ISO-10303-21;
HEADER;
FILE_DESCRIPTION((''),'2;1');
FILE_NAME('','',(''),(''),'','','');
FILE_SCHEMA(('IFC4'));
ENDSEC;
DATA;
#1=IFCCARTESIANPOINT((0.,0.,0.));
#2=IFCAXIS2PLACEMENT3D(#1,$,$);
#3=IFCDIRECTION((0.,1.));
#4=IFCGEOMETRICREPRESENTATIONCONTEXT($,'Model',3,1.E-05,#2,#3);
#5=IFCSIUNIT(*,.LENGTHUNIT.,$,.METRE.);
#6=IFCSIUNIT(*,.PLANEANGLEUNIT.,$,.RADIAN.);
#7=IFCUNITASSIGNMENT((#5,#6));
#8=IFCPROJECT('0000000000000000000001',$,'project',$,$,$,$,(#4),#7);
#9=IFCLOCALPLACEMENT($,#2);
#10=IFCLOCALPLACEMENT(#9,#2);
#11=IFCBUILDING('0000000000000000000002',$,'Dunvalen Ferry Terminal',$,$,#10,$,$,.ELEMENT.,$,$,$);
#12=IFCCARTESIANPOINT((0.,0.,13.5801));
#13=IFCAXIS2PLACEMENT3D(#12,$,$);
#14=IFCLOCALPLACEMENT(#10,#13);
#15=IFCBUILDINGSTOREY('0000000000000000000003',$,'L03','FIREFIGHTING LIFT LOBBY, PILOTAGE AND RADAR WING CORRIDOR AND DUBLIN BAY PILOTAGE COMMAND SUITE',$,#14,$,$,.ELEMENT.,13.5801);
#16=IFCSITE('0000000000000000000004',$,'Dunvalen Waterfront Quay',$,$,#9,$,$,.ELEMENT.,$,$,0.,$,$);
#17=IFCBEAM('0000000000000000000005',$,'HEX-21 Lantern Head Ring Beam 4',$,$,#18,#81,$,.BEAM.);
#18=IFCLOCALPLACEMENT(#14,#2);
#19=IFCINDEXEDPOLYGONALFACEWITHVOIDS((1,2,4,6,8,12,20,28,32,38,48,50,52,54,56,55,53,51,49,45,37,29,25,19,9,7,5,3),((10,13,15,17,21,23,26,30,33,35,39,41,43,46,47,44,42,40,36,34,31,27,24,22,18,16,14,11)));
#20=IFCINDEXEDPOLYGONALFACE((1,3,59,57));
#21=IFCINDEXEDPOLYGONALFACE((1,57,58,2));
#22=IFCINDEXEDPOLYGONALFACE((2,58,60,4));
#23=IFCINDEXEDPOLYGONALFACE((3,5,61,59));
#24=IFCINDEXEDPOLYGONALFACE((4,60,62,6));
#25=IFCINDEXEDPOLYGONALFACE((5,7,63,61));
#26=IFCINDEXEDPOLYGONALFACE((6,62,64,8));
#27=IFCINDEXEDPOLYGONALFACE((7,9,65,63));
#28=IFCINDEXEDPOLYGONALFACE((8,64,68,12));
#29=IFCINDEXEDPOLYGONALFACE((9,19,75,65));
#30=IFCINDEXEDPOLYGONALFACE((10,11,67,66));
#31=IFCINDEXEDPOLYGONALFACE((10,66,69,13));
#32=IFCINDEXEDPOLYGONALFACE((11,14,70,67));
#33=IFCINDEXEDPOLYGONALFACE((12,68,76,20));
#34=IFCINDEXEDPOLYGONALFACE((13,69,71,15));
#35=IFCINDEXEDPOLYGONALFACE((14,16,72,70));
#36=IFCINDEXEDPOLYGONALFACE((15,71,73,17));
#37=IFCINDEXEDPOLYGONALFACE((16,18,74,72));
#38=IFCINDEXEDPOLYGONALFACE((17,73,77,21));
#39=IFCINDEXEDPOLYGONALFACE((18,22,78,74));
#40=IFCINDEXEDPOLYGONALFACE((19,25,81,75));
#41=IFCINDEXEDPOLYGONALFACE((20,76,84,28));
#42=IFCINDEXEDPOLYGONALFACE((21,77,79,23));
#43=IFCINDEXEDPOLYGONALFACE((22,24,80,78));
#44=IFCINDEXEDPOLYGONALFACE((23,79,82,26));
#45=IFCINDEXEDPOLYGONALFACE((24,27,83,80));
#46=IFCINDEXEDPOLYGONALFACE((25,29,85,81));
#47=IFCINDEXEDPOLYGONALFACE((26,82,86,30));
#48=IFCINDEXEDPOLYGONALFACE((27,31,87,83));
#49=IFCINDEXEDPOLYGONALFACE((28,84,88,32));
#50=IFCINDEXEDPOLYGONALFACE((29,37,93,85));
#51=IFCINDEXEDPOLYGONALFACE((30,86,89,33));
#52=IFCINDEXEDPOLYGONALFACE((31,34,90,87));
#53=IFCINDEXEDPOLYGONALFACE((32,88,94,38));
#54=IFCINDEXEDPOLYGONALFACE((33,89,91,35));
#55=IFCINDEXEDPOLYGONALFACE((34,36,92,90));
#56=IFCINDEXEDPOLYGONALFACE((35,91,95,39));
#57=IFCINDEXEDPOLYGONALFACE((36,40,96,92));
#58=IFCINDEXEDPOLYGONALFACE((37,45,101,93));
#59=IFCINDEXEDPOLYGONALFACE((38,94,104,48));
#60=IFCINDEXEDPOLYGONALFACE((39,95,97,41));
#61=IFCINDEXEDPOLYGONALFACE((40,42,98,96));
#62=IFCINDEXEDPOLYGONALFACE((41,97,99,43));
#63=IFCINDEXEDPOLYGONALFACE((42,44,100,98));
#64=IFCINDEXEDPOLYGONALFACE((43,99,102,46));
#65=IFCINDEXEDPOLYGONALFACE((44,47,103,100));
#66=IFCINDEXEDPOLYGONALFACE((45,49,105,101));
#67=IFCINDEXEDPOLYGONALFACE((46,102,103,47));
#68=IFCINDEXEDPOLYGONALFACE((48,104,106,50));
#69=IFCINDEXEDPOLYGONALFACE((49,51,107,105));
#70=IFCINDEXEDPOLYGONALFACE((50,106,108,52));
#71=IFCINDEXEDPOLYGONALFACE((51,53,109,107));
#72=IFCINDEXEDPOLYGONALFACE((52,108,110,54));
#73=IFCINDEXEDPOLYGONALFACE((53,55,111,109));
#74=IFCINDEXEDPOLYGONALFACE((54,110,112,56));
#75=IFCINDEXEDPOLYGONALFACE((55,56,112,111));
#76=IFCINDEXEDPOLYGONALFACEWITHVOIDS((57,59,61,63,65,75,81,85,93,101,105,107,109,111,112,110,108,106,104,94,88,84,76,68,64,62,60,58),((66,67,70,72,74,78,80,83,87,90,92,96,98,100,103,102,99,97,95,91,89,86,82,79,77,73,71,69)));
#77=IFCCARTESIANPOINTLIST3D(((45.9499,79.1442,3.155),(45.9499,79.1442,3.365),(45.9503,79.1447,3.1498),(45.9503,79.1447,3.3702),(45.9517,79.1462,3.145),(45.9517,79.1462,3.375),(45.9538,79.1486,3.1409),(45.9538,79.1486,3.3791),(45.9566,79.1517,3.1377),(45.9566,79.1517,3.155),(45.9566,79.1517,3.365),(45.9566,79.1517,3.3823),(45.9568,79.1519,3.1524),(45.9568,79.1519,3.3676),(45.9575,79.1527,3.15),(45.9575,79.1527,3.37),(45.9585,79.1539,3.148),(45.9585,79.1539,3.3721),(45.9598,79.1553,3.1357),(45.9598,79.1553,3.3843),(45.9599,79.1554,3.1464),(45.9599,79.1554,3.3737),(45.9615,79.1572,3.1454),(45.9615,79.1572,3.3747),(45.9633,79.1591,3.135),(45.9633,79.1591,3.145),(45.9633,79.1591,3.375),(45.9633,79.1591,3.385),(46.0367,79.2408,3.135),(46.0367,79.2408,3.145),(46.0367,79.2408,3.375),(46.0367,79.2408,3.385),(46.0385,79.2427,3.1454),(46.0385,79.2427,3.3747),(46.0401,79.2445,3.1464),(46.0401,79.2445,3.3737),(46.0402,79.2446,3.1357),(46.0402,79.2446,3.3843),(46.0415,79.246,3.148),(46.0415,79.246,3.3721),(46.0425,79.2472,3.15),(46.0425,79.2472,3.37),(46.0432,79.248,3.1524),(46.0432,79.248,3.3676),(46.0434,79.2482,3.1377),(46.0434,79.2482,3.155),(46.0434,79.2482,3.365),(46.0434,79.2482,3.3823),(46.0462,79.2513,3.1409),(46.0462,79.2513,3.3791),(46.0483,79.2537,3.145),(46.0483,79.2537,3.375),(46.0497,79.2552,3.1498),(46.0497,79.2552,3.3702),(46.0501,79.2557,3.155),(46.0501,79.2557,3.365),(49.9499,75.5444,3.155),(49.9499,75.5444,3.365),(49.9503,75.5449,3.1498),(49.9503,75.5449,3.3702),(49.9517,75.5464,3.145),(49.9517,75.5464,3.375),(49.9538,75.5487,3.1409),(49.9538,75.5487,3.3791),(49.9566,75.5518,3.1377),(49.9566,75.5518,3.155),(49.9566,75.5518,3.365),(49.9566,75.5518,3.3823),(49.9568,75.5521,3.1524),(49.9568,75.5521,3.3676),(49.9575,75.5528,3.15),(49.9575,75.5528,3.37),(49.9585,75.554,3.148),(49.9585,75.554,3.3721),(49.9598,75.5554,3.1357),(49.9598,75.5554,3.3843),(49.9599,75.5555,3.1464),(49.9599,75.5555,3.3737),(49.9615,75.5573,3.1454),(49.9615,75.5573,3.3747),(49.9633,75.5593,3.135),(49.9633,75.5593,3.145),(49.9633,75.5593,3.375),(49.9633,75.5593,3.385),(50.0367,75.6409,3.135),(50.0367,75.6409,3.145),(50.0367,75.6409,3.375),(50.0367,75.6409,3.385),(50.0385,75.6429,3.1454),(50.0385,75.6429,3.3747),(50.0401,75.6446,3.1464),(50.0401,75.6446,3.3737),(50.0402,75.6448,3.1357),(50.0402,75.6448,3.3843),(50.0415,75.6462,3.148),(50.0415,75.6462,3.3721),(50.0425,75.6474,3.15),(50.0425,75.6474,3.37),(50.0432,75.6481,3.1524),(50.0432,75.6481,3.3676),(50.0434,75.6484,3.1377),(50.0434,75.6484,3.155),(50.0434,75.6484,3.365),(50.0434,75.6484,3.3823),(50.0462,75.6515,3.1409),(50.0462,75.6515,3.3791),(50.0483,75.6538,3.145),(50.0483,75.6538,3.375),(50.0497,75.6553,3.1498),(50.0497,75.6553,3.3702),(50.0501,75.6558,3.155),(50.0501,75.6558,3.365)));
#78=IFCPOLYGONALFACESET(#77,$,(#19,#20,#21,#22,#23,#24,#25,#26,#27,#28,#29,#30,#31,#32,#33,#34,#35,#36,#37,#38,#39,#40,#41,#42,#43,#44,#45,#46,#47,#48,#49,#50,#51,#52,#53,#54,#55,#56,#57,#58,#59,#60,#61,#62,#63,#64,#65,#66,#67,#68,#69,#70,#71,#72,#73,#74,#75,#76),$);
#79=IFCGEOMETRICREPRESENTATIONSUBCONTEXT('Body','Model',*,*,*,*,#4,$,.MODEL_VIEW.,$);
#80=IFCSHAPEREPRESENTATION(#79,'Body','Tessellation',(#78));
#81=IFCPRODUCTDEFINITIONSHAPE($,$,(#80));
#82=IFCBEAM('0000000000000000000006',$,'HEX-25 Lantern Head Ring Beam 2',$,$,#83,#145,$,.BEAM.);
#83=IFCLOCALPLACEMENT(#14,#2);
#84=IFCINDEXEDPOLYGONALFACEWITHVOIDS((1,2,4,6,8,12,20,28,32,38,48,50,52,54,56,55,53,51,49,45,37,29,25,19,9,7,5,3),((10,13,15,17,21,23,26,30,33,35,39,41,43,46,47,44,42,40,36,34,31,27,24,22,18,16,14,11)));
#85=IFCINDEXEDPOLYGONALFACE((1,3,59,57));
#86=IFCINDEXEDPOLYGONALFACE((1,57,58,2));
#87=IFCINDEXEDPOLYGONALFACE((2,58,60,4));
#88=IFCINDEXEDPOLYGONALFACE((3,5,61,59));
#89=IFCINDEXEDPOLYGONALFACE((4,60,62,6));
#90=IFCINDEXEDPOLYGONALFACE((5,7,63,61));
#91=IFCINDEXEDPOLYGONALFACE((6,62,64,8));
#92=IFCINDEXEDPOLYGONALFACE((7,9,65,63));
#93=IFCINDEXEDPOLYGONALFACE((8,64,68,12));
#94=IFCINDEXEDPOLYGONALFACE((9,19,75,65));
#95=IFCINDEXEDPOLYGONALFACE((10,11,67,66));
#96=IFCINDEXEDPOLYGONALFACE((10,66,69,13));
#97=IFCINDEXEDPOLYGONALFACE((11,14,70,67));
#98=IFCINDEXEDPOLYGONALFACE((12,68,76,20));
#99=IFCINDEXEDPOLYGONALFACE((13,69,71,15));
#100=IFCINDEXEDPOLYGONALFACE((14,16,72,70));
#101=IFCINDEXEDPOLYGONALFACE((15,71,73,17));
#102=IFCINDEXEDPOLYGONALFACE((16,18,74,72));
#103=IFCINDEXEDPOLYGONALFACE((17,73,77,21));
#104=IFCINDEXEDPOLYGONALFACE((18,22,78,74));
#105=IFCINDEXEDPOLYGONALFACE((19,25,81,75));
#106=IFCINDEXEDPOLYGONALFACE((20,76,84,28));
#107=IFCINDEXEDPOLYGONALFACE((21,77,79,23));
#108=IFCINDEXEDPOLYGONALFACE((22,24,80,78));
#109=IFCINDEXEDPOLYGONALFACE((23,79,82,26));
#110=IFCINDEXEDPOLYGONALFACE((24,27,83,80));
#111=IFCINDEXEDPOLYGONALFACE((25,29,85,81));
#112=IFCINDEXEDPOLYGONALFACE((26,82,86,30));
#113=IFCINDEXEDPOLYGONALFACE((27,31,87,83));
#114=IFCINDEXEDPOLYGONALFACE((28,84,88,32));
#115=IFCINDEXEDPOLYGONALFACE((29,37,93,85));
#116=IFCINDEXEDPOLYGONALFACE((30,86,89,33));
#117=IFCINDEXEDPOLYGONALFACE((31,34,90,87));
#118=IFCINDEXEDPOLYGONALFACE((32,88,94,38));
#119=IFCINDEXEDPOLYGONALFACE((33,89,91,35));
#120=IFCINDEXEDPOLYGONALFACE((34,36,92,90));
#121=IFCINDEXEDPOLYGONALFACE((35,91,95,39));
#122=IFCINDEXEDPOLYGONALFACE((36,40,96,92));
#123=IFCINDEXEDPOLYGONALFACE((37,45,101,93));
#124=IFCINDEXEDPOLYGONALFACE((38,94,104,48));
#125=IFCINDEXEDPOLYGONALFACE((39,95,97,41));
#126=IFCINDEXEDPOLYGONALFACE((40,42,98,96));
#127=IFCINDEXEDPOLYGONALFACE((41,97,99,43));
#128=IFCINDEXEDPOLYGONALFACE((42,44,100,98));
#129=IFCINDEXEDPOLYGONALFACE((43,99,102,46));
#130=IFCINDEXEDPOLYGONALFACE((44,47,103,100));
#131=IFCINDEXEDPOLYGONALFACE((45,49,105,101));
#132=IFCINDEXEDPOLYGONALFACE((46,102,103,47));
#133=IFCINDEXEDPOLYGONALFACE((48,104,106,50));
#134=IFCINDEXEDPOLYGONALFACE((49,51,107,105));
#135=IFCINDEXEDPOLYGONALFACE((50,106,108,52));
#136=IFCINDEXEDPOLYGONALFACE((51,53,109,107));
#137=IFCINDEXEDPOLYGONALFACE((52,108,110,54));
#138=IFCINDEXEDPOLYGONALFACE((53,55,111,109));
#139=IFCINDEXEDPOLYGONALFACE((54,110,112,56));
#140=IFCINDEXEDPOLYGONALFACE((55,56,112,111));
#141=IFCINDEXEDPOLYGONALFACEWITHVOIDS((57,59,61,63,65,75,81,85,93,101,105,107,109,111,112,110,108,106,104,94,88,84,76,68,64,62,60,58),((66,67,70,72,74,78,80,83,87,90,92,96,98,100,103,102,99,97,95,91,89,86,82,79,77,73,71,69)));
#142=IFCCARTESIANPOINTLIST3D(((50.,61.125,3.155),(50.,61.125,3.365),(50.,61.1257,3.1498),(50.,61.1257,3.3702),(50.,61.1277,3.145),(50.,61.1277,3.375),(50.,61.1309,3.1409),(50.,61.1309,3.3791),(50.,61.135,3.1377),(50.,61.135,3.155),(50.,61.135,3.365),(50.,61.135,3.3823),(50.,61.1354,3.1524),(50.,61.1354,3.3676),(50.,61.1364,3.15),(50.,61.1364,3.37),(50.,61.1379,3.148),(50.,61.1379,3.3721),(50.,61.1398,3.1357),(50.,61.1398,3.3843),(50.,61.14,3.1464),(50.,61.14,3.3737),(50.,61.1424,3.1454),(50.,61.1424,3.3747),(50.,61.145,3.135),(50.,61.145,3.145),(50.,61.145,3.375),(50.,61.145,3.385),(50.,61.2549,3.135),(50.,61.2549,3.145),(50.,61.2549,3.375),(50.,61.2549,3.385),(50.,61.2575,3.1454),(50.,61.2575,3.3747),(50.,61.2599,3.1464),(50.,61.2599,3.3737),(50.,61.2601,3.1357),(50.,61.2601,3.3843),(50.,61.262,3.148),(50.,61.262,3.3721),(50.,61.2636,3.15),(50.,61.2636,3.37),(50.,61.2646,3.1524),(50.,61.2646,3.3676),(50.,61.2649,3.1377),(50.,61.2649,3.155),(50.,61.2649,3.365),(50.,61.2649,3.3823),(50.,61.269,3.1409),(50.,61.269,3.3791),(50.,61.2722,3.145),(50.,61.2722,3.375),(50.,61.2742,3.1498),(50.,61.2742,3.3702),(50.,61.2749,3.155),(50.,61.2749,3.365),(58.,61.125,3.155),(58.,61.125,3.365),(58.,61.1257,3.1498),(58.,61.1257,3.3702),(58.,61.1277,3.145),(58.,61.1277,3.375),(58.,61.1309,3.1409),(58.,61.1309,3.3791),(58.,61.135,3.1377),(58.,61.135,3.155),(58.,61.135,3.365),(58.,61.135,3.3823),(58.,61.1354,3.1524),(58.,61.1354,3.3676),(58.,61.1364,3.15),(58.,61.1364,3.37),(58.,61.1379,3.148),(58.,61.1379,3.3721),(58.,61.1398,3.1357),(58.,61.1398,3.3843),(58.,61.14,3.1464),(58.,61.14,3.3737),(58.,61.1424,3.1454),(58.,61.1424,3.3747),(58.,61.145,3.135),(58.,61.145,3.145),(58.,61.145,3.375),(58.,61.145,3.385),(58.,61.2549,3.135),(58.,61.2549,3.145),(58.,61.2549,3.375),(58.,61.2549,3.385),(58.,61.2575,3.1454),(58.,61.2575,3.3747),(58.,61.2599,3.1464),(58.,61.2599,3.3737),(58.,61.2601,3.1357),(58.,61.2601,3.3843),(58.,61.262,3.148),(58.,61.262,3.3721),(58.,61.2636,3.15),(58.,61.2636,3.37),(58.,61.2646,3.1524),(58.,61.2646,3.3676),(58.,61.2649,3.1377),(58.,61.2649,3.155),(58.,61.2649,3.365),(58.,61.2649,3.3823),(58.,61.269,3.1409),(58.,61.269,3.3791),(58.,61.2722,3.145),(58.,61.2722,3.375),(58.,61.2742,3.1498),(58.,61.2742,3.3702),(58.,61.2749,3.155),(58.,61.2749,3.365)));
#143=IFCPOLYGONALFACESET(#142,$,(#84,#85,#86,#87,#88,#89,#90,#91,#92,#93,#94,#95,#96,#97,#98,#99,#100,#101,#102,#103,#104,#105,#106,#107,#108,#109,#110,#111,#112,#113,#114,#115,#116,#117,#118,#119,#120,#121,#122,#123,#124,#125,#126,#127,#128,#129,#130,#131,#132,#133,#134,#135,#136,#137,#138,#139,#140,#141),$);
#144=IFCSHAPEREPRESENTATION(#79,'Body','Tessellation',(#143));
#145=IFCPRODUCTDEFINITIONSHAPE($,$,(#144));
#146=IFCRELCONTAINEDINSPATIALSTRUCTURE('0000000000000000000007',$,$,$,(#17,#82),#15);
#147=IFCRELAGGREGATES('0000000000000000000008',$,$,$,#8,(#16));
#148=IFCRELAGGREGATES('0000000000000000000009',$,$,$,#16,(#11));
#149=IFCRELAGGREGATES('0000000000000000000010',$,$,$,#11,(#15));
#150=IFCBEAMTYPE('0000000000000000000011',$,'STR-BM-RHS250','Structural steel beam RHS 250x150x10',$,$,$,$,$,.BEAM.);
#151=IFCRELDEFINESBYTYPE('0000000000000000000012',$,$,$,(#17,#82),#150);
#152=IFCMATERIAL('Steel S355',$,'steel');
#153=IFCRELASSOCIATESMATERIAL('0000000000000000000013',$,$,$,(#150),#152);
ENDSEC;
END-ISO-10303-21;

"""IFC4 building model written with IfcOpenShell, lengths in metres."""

from ifc_helpers import new_model, si_unit, direction, frame, origin, origin_2d, place, context, subcontext, project, spatial, hollow_rectangle, extrude, material, material_profile, profile_set, type_object, element, save


model = new_model("IFC4")

# Units and contexts
model_context = context("Model", 3, precision=1e-05, world=origin(), true_north=direction((0.0, 1.0)))
body_context = subcontext(model_context, "Body", "Model", "MODEL_VIEW")
ifc_project = project(units=[si_unit("LENGTHUNIT", "METRE"), si_unit("PLANEANGLEUNIT", "RADIAN")], contexts=[model_context])

# Site, building, storey
site_placement = place(None, origin())
site = spatial("IfcSite", under=ifc_project, at=site_placement, Name="Dunvalen Waterfront Quay", CompositionType="ELEMENT", RefElevation=0.0)
building_placement = place(site_placement, origin())
building = spatial("IfcBuilding", under=site, at=building_placement, Name="Dunvalen Ferry Terminal", CompositionType="ELEMENT")
storey_placement = place(building_placement, frame((0.0, 0.0, 13.5801)))
storey = spatial("IfcBuildingStorey", under=building, at=storey_placement, Name="L03", Description="FIREFIGHTING LIFT LOBBY, PILOTAGE AND RADAR WING CORRIDOR AND DUBLIN BAY PILOTAGE COMMAND SUITE", CompositionType="ELEMENT", Elevation=13.5801)

# Beams
ifc_material_1 = material(Name="Steel S355", Category="steel")
ifc_material_profile_1 = material_profile(ifc_material_1, hollow_rectangle(XDim=0.1499, YDim=0.25, WallThickness=0.01, InnerFilletRadius=0.01, OuterFilletRadius=0.02, at=origin_2d()), Name="Steel S355")
ifc_profile_set_1 = profile_set([ifc_material_profile_1], Name="Steel S355")
beam_type = type_object("IfcBeamType", Name="STR-BM-RHS250", Description="Structural steel beam RHS 250x150x10", PredefinedType="BEAM", material=ifc_profile_set_1)
beam_1_placement = place(storey_placement, frame((50.0, 75.6001, 3.26), z_axis=(-0.743308, 0.66895, 0.0), x_axis=(-0.66895, -0.743308, 0.0)))
element("IfcBeam", 1, at=beam_1_placement, inside=storey, type_object=beam_type, Name="HEX-21 Lantern Head Ring Beam 4", PredefinedType="BEAM", context=body_context, shape_type="SweptSolid", body=[
    extrude(hollow_rectangle(XDim=0.1499, YDim=0.25, WallThickness=0.01, InnerFilletRadius=0.01, OuterFilletRadius=0.02, at=origin_2d()), origin(), (0.0, 0.0, 1.0), 5.3813),
])
beam_2_placement = place(storey_placement, frame((50.0, 61.2, 3.26), z_axis=(1.0, 0.0, 0.0), x_axis=(0.0, 1.0, 0.0)))
element("IfcBeam", 2, at=beam_2_placement, inside=storey, type_object=beam_type, Name="HEX-25 Lantern Head Ring Beam 2", PredefinedType="BEAM", context=body_context, shape_type="SweptSolid", body=[
    extrude(hollow_rectangle(XDim=0.1499, YDim=0.25, WallThickness=0.01, InnerFilletRadius=0.01, OuterFilletRadius=0.02, at=origin_2d()), origin(), (0.0, 0.0, 1.0), 8.0),
])

save(model, "model.ifc")
